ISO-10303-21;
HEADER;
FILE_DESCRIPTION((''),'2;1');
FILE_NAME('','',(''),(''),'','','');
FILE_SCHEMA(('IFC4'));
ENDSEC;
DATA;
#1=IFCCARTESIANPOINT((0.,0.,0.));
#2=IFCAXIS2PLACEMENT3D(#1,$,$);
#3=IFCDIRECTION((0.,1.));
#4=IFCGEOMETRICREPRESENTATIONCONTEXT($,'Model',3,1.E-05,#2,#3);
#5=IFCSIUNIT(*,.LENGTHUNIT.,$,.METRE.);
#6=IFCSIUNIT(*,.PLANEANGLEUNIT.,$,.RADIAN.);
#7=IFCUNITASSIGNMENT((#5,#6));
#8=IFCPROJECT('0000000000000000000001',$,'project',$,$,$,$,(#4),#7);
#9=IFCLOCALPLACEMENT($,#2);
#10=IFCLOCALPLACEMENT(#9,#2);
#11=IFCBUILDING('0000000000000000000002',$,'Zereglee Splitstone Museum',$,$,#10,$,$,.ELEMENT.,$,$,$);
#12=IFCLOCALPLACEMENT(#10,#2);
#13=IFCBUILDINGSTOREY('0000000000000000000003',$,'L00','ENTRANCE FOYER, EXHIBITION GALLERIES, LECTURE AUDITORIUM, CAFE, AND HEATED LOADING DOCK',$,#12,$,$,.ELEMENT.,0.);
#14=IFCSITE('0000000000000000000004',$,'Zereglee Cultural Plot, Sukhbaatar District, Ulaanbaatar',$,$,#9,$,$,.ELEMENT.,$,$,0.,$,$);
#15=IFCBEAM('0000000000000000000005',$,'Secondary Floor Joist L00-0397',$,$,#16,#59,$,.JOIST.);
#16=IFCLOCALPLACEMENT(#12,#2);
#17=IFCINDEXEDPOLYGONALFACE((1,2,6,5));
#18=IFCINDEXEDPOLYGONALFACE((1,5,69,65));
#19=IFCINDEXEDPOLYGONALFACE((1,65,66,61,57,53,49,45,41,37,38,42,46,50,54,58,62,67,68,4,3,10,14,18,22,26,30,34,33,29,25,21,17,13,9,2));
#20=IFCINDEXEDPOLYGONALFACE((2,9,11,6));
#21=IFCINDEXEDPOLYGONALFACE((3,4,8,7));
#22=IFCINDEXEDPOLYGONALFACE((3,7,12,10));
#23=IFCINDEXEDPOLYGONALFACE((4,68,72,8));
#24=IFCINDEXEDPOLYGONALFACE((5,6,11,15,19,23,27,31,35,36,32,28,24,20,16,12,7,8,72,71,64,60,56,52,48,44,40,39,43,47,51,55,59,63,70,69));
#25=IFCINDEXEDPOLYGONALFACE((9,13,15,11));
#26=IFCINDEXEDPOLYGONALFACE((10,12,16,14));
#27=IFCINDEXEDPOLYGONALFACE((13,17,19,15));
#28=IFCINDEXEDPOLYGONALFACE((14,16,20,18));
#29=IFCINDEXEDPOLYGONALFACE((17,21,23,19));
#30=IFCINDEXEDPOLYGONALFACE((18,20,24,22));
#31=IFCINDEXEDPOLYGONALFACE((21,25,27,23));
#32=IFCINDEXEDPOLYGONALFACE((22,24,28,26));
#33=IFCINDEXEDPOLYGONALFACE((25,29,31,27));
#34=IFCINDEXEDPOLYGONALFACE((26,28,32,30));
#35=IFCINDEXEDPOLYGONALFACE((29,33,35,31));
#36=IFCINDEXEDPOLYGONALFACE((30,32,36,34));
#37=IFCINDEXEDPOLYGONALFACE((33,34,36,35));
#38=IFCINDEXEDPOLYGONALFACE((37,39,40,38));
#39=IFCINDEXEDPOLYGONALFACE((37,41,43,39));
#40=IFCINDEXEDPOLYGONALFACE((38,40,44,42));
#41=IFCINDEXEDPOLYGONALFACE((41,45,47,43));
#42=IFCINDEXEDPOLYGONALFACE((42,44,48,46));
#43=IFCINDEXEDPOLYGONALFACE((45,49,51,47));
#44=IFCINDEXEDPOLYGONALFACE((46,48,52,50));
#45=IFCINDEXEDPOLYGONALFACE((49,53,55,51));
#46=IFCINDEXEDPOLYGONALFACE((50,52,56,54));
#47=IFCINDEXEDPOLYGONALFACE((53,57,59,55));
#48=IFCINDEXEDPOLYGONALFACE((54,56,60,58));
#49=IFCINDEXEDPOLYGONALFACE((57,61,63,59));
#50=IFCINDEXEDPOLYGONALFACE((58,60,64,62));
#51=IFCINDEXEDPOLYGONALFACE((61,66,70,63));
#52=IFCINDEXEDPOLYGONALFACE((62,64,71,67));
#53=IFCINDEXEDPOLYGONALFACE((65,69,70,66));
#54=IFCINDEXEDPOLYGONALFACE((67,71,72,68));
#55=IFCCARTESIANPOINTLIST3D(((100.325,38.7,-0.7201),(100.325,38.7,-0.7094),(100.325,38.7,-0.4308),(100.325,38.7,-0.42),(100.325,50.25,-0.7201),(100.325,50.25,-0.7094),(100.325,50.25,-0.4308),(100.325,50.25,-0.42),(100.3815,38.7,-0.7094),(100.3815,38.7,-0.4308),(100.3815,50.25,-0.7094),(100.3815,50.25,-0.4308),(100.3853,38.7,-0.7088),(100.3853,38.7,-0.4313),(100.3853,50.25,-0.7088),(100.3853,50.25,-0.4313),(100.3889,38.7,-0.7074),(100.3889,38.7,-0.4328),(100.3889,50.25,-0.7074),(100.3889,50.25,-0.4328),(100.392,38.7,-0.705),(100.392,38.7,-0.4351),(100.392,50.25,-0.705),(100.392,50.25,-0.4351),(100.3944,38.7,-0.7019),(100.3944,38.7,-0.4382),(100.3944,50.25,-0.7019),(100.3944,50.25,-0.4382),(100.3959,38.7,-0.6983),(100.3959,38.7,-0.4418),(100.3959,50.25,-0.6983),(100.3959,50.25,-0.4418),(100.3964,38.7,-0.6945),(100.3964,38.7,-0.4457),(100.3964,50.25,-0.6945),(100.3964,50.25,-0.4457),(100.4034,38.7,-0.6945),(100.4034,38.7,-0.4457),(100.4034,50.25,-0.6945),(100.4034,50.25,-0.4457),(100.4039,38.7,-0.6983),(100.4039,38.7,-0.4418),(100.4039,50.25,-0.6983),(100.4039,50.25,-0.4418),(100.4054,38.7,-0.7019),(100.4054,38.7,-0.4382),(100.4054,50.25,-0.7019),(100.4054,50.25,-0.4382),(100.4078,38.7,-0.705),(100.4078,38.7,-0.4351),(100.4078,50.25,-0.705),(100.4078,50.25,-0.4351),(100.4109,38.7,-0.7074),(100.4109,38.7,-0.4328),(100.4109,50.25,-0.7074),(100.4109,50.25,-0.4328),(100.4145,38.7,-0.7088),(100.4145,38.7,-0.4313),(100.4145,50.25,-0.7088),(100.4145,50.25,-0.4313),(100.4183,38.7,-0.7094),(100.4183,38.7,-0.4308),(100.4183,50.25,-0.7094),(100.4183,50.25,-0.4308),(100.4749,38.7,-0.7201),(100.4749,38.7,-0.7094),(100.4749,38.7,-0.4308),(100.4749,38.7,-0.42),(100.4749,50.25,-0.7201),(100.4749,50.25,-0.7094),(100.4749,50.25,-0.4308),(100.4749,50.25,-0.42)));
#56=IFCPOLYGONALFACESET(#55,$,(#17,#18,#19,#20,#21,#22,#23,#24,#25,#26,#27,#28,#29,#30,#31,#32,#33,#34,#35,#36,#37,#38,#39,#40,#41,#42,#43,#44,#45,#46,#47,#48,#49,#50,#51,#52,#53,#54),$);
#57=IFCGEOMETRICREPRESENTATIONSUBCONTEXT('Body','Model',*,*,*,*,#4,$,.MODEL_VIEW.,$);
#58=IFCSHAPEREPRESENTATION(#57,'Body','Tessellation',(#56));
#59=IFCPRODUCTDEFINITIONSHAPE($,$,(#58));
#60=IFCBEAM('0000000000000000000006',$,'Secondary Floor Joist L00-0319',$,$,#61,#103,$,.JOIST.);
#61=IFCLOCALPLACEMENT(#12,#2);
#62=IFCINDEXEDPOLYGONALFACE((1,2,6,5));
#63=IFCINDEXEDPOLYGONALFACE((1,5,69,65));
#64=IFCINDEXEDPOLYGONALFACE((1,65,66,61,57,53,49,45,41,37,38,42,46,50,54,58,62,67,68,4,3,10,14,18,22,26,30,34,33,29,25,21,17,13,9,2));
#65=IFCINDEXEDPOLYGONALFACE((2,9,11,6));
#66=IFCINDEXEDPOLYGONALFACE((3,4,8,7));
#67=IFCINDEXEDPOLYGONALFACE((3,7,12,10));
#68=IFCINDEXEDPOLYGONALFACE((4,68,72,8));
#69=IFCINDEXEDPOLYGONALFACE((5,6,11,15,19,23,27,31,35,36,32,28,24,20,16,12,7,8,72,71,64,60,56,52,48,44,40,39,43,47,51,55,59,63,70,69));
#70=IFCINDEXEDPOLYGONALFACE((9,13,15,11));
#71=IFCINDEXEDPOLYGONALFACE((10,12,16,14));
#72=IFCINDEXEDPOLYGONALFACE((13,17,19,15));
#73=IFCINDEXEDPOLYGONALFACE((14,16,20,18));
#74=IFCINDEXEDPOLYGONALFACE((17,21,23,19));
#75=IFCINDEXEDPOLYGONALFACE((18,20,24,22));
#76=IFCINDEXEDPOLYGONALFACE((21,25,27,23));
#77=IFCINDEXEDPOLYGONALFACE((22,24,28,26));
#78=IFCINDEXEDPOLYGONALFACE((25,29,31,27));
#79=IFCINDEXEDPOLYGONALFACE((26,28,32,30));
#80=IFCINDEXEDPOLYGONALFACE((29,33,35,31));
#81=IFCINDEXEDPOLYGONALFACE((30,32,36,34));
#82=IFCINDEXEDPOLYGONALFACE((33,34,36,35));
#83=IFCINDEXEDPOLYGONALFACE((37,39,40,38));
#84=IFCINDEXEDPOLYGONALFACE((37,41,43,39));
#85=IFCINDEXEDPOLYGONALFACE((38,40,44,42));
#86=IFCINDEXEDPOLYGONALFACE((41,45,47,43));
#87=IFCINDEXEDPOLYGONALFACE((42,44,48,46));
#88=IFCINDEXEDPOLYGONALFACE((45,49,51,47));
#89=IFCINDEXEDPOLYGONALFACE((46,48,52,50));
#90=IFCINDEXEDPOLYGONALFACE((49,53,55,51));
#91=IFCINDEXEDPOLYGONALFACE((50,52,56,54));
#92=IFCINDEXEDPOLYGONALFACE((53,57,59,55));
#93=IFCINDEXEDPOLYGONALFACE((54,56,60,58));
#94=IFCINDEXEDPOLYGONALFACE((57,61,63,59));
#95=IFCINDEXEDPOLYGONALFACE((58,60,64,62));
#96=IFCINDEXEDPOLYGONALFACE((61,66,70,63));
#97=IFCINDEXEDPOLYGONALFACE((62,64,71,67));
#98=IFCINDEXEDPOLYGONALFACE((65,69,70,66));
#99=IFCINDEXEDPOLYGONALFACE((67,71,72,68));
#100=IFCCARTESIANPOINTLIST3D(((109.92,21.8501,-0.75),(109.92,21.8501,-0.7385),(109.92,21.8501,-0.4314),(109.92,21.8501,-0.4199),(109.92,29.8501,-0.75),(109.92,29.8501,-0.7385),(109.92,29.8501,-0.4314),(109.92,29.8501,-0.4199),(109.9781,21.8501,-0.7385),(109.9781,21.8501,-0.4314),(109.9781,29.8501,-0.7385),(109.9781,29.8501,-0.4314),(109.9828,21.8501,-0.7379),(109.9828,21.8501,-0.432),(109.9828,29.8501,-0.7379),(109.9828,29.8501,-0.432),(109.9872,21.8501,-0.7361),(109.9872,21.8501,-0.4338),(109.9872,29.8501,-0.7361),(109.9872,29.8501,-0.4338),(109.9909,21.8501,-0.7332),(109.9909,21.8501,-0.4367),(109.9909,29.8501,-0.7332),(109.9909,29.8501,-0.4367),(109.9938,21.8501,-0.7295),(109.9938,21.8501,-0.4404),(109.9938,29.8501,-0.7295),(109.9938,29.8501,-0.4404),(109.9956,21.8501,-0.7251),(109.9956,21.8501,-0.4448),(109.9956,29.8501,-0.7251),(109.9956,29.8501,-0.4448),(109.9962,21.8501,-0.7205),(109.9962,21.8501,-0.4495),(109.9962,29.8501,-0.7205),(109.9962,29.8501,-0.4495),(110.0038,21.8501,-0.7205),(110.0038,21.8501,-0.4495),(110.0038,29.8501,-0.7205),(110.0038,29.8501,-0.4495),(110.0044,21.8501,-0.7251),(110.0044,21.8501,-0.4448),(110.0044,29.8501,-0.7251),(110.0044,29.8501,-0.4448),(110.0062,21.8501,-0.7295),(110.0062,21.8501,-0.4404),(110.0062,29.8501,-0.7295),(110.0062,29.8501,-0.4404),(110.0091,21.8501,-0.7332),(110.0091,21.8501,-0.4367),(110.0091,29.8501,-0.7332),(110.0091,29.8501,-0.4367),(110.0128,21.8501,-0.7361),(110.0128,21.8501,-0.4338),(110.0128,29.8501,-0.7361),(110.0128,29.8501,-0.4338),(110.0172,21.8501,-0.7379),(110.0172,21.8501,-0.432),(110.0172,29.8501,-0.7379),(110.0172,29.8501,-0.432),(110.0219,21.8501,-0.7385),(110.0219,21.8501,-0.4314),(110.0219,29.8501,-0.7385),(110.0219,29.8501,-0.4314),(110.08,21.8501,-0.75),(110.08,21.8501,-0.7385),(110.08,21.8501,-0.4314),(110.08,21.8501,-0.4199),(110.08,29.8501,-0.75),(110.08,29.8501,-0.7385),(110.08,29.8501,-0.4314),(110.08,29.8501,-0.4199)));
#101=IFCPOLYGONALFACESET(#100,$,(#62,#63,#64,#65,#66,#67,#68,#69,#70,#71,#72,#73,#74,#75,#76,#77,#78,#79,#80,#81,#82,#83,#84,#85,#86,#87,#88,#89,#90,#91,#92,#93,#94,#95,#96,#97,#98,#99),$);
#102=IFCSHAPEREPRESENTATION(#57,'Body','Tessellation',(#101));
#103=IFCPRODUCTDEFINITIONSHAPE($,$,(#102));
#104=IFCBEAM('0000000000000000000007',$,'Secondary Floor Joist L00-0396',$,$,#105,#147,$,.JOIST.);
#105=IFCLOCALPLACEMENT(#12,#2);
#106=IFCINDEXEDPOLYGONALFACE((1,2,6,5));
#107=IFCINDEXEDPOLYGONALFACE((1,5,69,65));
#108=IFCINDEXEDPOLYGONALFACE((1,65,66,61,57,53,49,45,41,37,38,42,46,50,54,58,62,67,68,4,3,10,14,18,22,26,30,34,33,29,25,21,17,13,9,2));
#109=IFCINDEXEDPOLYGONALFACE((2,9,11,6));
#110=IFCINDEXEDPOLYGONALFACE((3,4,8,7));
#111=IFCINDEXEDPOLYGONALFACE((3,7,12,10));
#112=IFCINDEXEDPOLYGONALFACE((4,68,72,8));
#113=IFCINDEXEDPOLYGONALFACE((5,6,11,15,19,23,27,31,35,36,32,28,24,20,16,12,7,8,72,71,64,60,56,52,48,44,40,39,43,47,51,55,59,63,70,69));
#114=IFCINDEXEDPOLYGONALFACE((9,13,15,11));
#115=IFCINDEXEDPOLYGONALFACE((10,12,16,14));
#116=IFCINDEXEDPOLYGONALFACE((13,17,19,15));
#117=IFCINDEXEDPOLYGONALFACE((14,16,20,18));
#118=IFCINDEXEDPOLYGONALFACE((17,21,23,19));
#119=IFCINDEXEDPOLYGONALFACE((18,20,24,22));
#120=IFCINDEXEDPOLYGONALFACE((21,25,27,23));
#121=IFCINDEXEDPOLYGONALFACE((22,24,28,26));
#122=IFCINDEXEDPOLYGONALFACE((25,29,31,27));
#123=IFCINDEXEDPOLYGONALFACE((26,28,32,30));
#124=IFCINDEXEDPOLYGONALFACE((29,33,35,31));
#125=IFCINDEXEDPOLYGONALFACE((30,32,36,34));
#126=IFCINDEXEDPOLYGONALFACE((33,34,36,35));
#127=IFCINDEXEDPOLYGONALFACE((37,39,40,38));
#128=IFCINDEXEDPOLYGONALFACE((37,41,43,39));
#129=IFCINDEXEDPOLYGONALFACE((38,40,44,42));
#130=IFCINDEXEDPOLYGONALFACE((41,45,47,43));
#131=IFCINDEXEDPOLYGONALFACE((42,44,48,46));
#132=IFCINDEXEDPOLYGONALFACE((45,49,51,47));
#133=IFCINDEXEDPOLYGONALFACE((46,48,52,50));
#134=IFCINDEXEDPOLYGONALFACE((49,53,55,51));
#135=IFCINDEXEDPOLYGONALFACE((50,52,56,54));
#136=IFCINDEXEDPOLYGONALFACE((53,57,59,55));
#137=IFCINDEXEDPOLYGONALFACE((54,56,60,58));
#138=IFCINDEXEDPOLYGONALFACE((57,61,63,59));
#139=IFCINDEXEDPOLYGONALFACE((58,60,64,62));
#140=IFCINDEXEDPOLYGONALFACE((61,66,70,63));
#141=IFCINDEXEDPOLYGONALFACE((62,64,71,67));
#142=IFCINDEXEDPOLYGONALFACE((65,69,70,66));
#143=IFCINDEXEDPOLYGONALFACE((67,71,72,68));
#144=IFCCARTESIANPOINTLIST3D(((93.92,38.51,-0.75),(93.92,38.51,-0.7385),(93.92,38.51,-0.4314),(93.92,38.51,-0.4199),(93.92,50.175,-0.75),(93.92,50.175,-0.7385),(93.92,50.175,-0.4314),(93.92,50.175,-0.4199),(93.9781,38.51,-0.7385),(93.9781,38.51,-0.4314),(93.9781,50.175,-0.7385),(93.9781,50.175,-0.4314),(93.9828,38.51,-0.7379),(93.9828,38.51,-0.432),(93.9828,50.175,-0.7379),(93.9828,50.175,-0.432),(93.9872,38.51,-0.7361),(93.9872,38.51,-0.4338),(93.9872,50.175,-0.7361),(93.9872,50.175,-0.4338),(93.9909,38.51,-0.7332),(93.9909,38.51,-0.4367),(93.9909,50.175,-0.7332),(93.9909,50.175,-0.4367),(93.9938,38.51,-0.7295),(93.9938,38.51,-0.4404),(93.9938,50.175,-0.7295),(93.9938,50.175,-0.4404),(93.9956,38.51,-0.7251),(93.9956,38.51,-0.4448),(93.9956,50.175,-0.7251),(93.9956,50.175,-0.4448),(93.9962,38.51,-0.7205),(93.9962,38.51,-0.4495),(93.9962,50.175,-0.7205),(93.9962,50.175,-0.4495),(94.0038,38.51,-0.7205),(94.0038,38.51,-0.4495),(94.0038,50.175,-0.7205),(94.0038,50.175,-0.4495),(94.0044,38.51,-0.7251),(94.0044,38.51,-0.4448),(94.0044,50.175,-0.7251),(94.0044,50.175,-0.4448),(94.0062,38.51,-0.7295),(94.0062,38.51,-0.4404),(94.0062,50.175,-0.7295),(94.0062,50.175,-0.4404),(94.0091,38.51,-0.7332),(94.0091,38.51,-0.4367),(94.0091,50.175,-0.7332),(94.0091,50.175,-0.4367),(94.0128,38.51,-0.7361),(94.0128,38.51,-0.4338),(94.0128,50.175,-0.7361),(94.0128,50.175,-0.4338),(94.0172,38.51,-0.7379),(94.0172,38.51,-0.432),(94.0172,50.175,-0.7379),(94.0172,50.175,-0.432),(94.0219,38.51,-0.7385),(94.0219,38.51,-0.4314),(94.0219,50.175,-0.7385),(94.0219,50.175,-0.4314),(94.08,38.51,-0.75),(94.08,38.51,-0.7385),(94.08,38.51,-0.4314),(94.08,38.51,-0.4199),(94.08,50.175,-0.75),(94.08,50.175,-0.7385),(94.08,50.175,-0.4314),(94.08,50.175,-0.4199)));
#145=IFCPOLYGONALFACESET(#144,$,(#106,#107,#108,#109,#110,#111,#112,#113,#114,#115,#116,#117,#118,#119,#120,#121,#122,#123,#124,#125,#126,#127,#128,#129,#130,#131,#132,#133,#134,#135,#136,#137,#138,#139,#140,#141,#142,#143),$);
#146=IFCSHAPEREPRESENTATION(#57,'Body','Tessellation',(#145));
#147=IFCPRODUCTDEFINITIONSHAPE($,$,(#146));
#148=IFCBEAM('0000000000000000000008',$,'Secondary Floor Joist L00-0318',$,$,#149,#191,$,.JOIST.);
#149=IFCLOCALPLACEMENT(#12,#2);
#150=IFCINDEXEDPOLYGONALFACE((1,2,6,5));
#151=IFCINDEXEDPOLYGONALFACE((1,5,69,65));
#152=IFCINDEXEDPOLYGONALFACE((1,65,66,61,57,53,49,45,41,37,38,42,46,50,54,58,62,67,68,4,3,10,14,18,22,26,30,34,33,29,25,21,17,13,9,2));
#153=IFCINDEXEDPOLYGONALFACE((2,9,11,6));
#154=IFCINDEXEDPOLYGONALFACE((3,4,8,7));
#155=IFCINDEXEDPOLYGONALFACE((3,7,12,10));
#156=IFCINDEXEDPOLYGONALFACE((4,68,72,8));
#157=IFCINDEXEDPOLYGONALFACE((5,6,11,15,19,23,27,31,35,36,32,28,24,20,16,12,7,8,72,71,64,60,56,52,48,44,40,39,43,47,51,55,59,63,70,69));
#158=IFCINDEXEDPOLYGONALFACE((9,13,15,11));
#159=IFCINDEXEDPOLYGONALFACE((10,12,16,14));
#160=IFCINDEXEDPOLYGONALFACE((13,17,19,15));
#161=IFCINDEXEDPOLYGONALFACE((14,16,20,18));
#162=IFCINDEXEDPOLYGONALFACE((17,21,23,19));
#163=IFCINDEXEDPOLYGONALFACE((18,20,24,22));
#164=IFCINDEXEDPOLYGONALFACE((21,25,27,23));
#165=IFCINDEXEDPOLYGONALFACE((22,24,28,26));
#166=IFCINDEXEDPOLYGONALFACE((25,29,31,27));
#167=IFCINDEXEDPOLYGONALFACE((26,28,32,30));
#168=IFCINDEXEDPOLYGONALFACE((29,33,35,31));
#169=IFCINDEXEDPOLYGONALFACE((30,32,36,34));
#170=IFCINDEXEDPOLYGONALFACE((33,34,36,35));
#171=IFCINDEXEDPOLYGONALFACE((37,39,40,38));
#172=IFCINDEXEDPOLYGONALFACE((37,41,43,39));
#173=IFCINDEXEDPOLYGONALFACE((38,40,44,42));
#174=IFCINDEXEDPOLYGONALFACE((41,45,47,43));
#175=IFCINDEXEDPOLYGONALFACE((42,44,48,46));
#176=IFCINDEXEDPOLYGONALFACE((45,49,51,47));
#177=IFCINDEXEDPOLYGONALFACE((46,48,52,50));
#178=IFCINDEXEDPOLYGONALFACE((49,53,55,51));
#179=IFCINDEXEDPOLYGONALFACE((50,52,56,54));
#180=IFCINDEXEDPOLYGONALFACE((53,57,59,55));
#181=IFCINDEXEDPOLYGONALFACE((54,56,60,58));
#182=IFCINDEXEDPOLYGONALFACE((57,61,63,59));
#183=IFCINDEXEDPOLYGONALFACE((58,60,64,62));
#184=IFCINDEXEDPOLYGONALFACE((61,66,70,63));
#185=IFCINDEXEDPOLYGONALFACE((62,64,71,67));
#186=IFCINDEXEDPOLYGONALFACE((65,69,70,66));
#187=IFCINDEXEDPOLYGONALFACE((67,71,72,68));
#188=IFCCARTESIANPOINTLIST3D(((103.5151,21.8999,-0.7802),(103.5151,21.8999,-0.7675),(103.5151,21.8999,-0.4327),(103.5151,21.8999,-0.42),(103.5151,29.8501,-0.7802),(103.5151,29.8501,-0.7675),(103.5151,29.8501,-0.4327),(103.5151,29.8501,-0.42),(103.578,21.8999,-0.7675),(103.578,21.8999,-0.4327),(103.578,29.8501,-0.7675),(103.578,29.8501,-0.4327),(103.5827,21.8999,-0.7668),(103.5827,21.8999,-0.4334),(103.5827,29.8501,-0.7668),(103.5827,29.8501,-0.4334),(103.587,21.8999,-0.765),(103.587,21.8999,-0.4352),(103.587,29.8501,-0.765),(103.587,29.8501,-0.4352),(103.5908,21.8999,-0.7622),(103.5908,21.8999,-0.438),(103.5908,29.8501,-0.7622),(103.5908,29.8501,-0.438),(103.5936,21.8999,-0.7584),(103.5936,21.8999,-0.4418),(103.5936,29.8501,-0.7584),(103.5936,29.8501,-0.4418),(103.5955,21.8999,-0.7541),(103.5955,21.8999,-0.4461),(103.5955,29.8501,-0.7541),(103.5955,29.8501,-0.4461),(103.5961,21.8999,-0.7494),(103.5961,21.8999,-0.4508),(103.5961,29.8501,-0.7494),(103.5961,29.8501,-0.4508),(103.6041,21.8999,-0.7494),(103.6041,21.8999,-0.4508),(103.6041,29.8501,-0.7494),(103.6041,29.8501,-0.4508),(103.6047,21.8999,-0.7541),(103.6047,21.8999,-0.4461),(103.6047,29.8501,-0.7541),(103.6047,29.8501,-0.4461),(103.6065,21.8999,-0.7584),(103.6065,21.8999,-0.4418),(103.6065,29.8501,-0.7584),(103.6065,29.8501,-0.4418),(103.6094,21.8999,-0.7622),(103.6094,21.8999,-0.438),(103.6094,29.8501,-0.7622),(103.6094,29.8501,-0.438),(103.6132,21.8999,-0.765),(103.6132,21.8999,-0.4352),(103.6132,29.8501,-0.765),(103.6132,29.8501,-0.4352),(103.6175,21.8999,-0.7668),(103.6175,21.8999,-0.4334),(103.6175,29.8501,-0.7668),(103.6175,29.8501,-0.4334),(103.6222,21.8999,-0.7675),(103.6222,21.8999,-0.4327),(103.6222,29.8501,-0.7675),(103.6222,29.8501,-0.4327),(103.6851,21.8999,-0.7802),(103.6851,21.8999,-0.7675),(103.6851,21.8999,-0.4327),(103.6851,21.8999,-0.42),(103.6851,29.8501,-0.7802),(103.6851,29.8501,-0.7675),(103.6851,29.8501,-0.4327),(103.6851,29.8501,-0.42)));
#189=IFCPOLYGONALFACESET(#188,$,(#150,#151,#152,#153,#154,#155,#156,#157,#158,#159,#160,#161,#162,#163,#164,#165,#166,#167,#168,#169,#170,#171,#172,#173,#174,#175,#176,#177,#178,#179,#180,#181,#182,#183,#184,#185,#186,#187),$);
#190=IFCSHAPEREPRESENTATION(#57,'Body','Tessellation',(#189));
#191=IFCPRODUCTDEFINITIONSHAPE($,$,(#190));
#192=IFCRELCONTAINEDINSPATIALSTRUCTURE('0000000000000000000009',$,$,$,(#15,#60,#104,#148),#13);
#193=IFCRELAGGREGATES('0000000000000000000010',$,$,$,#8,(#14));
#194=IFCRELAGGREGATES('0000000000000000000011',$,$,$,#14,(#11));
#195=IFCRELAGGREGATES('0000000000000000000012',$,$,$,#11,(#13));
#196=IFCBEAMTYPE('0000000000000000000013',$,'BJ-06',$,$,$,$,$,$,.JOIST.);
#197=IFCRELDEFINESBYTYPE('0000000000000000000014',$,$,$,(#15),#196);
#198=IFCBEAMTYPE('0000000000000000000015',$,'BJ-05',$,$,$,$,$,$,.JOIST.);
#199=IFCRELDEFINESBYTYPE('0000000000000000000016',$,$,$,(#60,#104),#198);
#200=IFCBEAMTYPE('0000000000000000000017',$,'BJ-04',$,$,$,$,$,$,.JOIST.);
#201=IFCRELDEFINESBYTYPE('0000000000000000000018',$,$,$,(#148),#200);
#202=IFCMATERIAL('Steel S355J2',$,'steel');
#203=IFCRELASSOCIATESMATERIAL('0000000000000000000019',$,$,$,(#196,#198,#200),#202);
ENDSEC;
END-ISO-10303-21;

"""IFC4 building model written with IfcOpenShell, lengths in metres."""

from ifc_helpers import new_model, si_unit, direction, frame, origin, origin_2d, place, context, subcontext, project, spatial, i_section, extrude, material, material_profile, profile_set, type_object, element, save


model = new_model("IFC4")

# Units and contexts
model_context = context("Model", 3, precision=1e-05, world=origin(), true_north=direction((0.0, 1.0)))
body_context = subcontext(model_context, "Body", "Model", "MODEL_VIEW")
ifc_project = project(units=[si_unit("LENGTHUNIT", "METRE"), si_unit("PLANEANGLEUNIT", "RADIAN")], contexts=[model_context])

# Site, building, storey
site_placement = place(None, origin())
site = spatial("IfcSite", under=ifc_project, at=site_placement, Name="Zereglee Cultural Plot, Sukhbaatar District, Ulaanbaatar", CompositionType="ELEMENT", RefElevation=0.0)
building_placement = place(site_placement, origin())
building = spatial("IfcBuilding", under=site, at=building_placement, Name="Zereglee Splitstone Museum", CompositionType="ELEMENT")
storey_placement = place(building_placement, origin())
storey = spatial("IfcBuildingStorey", under=building, at=storey_placement, Name="L00", Description="ENTRANCE FOYER, EXHIBITION GALLERIES, LECTURE AUDITORIUM, CAFE, AND HEATED LOADING DOCK", CompositionType="ELEMENT", Elevation=0.0)

# Beams
ifc_material_1 = material(Name="Steel S355J2", Category="steel")
ifc_material_profile_1 = material_profile(ifc_material_1, i_section(OverallWidth=0.1499, OverallDepth=0.3, WebThickness=0.0071, FlangeThickness=0.0107, FilletRadius=0.0149, at=origin_2d()), Name="IPE 300")
ifc_profile_set_1 = profile_set([ifc_material_profile_1], Name="Steel S355J2")
beam_type_1 = type_object("IfcBeamType", Name="BJ-06", PredefinedType="JOIST", material=ifc_profile_set_1)
beam_1_placement = place(storey_placement, frame((100.3999, 38.7, -0.5701), z_axis=(0.0, 1.0, 0.0), x_axis=(-1.0, 0.0, 0.0)))
element("IfcBeam", 1, at=beam_1_placement, inside=storey, type_object=beam_type_1, Name="Secondary Floor Joist L00-0397", PredefinedType="JOIST", context=body_context, shape_type="SweptSolid", body=[
    extrude(i_section(OverallWidth=0.1499, OverallDepth=0.3, WebThickness=0.0071, FlangeThickness=0.0107, FilletRadius=0.0149, at=origin_2d()), origin(), (0.0, 0.0, 1.0), 11.55),
])
ifc_material_profile_2 = material_profile(ifc_material_1, i_section(OverallWidth=0.1599, OverallDepth=0.3301, WebThickness=0.0076, FlangeThickness=0.0115, FilletRadius=0.0181, at=origin_2d()), Name="IPE 330")
ifc_profile_set_2 = profile_set([ifc_material_profile_2], Name="Steel S355J2")
beam_type_2 = type_object("IfcBeamType", Name="BJ-05", PredefinedType="JOIST", material=ifc_profile_set_2)
beam_2_placement = place(storey_placement, frame((110.0, 21.8501, -0.585), z_axis=(0.0, 1.0, 0.0), x_axis=(-1.0, 0.0, 0.0)))
element("IfcBeam", 2, at=beam_2_placement, inside=storey, type_object=beam_type_2, Name="Secondary Floor Joist L00-0319", PredefinedType="JOIST", context=body_context, shape_type="SweptSolid", body=[
    extrude(i_section(OverallWidth=0.1599, OverallDepth=0.3301, WebThickness=0.0076, FlangeThickness=0.0115, FilletRadius=0.0181, at=origin_2d()), origin(), (0.0, 0.0, 1.0), 8.0),
])
beam_3_placement = place(storey_placement, frame((94.0, 38.51, -0.585), z_axis=(0.0, 1.0, 0.0), x_axis=(-1.0, 0.0, 0.0)))
element("IfcBeam", 3, at=beam_3_placement, inside=storey, type_object=beam_type_2, Name="Secondary Floor Joist L00-0396", PredefinedType="JOIST", context=body_context, shape_type="SweptSolid", body=[
    extrude(i_section(OverallWidth=0.1599, OverallDepth=0.3301, WebThickness=0.0076, FlangeThickness=0.0115, FilletRadius=0.0181, at=origin_2d()), origin(), (0.0, 0.0, 1.0), 11.665),
])
ifc_material_profile_3 = material_profile(ifc_material_1, i_section(OverallWidth=0.1699, OverallDepth=0.3601, WebThickness=0.0081, FlangeThickness=0.0127, FilletRadius=0.0181, at=origin_2d()), Name="IPE 360")
ifc_profile_set_3 = profile_set([ifc_material_profile_3], Name="Steel S355J2")
beam_type_3 = type_object("IfcBeamType", Name="BJ-04", PredefinedType="JOIST", material=ifc_profile_set_3)
beam_4_placement = place(storey_placement, frame((103.6001, 21.8999, -0.6001), z_axis=(0.0, 1.0, 0.0), x_axis=(-1.0, 0.0, 0.0)))
element("IfcBeam", 4, at=beam_4_placement, inside=storey, type_object=beam_type_3, Name="Secondary Floor Joist L00-0318", PredefinedType="JOIST", context=body_context, shape_type="SweptSolid", body=[
    extrude(i_section(OverallWidth=0.1699, OverallDepth=0.3601, WebThickness=0.0081, FlangeThickness=0.0127, FilletRadius=0.0181, at=origin_2d()), origin(), (0.0, 0.0, 1.0), 7.9502),
])

save(model, "model.ifc")
